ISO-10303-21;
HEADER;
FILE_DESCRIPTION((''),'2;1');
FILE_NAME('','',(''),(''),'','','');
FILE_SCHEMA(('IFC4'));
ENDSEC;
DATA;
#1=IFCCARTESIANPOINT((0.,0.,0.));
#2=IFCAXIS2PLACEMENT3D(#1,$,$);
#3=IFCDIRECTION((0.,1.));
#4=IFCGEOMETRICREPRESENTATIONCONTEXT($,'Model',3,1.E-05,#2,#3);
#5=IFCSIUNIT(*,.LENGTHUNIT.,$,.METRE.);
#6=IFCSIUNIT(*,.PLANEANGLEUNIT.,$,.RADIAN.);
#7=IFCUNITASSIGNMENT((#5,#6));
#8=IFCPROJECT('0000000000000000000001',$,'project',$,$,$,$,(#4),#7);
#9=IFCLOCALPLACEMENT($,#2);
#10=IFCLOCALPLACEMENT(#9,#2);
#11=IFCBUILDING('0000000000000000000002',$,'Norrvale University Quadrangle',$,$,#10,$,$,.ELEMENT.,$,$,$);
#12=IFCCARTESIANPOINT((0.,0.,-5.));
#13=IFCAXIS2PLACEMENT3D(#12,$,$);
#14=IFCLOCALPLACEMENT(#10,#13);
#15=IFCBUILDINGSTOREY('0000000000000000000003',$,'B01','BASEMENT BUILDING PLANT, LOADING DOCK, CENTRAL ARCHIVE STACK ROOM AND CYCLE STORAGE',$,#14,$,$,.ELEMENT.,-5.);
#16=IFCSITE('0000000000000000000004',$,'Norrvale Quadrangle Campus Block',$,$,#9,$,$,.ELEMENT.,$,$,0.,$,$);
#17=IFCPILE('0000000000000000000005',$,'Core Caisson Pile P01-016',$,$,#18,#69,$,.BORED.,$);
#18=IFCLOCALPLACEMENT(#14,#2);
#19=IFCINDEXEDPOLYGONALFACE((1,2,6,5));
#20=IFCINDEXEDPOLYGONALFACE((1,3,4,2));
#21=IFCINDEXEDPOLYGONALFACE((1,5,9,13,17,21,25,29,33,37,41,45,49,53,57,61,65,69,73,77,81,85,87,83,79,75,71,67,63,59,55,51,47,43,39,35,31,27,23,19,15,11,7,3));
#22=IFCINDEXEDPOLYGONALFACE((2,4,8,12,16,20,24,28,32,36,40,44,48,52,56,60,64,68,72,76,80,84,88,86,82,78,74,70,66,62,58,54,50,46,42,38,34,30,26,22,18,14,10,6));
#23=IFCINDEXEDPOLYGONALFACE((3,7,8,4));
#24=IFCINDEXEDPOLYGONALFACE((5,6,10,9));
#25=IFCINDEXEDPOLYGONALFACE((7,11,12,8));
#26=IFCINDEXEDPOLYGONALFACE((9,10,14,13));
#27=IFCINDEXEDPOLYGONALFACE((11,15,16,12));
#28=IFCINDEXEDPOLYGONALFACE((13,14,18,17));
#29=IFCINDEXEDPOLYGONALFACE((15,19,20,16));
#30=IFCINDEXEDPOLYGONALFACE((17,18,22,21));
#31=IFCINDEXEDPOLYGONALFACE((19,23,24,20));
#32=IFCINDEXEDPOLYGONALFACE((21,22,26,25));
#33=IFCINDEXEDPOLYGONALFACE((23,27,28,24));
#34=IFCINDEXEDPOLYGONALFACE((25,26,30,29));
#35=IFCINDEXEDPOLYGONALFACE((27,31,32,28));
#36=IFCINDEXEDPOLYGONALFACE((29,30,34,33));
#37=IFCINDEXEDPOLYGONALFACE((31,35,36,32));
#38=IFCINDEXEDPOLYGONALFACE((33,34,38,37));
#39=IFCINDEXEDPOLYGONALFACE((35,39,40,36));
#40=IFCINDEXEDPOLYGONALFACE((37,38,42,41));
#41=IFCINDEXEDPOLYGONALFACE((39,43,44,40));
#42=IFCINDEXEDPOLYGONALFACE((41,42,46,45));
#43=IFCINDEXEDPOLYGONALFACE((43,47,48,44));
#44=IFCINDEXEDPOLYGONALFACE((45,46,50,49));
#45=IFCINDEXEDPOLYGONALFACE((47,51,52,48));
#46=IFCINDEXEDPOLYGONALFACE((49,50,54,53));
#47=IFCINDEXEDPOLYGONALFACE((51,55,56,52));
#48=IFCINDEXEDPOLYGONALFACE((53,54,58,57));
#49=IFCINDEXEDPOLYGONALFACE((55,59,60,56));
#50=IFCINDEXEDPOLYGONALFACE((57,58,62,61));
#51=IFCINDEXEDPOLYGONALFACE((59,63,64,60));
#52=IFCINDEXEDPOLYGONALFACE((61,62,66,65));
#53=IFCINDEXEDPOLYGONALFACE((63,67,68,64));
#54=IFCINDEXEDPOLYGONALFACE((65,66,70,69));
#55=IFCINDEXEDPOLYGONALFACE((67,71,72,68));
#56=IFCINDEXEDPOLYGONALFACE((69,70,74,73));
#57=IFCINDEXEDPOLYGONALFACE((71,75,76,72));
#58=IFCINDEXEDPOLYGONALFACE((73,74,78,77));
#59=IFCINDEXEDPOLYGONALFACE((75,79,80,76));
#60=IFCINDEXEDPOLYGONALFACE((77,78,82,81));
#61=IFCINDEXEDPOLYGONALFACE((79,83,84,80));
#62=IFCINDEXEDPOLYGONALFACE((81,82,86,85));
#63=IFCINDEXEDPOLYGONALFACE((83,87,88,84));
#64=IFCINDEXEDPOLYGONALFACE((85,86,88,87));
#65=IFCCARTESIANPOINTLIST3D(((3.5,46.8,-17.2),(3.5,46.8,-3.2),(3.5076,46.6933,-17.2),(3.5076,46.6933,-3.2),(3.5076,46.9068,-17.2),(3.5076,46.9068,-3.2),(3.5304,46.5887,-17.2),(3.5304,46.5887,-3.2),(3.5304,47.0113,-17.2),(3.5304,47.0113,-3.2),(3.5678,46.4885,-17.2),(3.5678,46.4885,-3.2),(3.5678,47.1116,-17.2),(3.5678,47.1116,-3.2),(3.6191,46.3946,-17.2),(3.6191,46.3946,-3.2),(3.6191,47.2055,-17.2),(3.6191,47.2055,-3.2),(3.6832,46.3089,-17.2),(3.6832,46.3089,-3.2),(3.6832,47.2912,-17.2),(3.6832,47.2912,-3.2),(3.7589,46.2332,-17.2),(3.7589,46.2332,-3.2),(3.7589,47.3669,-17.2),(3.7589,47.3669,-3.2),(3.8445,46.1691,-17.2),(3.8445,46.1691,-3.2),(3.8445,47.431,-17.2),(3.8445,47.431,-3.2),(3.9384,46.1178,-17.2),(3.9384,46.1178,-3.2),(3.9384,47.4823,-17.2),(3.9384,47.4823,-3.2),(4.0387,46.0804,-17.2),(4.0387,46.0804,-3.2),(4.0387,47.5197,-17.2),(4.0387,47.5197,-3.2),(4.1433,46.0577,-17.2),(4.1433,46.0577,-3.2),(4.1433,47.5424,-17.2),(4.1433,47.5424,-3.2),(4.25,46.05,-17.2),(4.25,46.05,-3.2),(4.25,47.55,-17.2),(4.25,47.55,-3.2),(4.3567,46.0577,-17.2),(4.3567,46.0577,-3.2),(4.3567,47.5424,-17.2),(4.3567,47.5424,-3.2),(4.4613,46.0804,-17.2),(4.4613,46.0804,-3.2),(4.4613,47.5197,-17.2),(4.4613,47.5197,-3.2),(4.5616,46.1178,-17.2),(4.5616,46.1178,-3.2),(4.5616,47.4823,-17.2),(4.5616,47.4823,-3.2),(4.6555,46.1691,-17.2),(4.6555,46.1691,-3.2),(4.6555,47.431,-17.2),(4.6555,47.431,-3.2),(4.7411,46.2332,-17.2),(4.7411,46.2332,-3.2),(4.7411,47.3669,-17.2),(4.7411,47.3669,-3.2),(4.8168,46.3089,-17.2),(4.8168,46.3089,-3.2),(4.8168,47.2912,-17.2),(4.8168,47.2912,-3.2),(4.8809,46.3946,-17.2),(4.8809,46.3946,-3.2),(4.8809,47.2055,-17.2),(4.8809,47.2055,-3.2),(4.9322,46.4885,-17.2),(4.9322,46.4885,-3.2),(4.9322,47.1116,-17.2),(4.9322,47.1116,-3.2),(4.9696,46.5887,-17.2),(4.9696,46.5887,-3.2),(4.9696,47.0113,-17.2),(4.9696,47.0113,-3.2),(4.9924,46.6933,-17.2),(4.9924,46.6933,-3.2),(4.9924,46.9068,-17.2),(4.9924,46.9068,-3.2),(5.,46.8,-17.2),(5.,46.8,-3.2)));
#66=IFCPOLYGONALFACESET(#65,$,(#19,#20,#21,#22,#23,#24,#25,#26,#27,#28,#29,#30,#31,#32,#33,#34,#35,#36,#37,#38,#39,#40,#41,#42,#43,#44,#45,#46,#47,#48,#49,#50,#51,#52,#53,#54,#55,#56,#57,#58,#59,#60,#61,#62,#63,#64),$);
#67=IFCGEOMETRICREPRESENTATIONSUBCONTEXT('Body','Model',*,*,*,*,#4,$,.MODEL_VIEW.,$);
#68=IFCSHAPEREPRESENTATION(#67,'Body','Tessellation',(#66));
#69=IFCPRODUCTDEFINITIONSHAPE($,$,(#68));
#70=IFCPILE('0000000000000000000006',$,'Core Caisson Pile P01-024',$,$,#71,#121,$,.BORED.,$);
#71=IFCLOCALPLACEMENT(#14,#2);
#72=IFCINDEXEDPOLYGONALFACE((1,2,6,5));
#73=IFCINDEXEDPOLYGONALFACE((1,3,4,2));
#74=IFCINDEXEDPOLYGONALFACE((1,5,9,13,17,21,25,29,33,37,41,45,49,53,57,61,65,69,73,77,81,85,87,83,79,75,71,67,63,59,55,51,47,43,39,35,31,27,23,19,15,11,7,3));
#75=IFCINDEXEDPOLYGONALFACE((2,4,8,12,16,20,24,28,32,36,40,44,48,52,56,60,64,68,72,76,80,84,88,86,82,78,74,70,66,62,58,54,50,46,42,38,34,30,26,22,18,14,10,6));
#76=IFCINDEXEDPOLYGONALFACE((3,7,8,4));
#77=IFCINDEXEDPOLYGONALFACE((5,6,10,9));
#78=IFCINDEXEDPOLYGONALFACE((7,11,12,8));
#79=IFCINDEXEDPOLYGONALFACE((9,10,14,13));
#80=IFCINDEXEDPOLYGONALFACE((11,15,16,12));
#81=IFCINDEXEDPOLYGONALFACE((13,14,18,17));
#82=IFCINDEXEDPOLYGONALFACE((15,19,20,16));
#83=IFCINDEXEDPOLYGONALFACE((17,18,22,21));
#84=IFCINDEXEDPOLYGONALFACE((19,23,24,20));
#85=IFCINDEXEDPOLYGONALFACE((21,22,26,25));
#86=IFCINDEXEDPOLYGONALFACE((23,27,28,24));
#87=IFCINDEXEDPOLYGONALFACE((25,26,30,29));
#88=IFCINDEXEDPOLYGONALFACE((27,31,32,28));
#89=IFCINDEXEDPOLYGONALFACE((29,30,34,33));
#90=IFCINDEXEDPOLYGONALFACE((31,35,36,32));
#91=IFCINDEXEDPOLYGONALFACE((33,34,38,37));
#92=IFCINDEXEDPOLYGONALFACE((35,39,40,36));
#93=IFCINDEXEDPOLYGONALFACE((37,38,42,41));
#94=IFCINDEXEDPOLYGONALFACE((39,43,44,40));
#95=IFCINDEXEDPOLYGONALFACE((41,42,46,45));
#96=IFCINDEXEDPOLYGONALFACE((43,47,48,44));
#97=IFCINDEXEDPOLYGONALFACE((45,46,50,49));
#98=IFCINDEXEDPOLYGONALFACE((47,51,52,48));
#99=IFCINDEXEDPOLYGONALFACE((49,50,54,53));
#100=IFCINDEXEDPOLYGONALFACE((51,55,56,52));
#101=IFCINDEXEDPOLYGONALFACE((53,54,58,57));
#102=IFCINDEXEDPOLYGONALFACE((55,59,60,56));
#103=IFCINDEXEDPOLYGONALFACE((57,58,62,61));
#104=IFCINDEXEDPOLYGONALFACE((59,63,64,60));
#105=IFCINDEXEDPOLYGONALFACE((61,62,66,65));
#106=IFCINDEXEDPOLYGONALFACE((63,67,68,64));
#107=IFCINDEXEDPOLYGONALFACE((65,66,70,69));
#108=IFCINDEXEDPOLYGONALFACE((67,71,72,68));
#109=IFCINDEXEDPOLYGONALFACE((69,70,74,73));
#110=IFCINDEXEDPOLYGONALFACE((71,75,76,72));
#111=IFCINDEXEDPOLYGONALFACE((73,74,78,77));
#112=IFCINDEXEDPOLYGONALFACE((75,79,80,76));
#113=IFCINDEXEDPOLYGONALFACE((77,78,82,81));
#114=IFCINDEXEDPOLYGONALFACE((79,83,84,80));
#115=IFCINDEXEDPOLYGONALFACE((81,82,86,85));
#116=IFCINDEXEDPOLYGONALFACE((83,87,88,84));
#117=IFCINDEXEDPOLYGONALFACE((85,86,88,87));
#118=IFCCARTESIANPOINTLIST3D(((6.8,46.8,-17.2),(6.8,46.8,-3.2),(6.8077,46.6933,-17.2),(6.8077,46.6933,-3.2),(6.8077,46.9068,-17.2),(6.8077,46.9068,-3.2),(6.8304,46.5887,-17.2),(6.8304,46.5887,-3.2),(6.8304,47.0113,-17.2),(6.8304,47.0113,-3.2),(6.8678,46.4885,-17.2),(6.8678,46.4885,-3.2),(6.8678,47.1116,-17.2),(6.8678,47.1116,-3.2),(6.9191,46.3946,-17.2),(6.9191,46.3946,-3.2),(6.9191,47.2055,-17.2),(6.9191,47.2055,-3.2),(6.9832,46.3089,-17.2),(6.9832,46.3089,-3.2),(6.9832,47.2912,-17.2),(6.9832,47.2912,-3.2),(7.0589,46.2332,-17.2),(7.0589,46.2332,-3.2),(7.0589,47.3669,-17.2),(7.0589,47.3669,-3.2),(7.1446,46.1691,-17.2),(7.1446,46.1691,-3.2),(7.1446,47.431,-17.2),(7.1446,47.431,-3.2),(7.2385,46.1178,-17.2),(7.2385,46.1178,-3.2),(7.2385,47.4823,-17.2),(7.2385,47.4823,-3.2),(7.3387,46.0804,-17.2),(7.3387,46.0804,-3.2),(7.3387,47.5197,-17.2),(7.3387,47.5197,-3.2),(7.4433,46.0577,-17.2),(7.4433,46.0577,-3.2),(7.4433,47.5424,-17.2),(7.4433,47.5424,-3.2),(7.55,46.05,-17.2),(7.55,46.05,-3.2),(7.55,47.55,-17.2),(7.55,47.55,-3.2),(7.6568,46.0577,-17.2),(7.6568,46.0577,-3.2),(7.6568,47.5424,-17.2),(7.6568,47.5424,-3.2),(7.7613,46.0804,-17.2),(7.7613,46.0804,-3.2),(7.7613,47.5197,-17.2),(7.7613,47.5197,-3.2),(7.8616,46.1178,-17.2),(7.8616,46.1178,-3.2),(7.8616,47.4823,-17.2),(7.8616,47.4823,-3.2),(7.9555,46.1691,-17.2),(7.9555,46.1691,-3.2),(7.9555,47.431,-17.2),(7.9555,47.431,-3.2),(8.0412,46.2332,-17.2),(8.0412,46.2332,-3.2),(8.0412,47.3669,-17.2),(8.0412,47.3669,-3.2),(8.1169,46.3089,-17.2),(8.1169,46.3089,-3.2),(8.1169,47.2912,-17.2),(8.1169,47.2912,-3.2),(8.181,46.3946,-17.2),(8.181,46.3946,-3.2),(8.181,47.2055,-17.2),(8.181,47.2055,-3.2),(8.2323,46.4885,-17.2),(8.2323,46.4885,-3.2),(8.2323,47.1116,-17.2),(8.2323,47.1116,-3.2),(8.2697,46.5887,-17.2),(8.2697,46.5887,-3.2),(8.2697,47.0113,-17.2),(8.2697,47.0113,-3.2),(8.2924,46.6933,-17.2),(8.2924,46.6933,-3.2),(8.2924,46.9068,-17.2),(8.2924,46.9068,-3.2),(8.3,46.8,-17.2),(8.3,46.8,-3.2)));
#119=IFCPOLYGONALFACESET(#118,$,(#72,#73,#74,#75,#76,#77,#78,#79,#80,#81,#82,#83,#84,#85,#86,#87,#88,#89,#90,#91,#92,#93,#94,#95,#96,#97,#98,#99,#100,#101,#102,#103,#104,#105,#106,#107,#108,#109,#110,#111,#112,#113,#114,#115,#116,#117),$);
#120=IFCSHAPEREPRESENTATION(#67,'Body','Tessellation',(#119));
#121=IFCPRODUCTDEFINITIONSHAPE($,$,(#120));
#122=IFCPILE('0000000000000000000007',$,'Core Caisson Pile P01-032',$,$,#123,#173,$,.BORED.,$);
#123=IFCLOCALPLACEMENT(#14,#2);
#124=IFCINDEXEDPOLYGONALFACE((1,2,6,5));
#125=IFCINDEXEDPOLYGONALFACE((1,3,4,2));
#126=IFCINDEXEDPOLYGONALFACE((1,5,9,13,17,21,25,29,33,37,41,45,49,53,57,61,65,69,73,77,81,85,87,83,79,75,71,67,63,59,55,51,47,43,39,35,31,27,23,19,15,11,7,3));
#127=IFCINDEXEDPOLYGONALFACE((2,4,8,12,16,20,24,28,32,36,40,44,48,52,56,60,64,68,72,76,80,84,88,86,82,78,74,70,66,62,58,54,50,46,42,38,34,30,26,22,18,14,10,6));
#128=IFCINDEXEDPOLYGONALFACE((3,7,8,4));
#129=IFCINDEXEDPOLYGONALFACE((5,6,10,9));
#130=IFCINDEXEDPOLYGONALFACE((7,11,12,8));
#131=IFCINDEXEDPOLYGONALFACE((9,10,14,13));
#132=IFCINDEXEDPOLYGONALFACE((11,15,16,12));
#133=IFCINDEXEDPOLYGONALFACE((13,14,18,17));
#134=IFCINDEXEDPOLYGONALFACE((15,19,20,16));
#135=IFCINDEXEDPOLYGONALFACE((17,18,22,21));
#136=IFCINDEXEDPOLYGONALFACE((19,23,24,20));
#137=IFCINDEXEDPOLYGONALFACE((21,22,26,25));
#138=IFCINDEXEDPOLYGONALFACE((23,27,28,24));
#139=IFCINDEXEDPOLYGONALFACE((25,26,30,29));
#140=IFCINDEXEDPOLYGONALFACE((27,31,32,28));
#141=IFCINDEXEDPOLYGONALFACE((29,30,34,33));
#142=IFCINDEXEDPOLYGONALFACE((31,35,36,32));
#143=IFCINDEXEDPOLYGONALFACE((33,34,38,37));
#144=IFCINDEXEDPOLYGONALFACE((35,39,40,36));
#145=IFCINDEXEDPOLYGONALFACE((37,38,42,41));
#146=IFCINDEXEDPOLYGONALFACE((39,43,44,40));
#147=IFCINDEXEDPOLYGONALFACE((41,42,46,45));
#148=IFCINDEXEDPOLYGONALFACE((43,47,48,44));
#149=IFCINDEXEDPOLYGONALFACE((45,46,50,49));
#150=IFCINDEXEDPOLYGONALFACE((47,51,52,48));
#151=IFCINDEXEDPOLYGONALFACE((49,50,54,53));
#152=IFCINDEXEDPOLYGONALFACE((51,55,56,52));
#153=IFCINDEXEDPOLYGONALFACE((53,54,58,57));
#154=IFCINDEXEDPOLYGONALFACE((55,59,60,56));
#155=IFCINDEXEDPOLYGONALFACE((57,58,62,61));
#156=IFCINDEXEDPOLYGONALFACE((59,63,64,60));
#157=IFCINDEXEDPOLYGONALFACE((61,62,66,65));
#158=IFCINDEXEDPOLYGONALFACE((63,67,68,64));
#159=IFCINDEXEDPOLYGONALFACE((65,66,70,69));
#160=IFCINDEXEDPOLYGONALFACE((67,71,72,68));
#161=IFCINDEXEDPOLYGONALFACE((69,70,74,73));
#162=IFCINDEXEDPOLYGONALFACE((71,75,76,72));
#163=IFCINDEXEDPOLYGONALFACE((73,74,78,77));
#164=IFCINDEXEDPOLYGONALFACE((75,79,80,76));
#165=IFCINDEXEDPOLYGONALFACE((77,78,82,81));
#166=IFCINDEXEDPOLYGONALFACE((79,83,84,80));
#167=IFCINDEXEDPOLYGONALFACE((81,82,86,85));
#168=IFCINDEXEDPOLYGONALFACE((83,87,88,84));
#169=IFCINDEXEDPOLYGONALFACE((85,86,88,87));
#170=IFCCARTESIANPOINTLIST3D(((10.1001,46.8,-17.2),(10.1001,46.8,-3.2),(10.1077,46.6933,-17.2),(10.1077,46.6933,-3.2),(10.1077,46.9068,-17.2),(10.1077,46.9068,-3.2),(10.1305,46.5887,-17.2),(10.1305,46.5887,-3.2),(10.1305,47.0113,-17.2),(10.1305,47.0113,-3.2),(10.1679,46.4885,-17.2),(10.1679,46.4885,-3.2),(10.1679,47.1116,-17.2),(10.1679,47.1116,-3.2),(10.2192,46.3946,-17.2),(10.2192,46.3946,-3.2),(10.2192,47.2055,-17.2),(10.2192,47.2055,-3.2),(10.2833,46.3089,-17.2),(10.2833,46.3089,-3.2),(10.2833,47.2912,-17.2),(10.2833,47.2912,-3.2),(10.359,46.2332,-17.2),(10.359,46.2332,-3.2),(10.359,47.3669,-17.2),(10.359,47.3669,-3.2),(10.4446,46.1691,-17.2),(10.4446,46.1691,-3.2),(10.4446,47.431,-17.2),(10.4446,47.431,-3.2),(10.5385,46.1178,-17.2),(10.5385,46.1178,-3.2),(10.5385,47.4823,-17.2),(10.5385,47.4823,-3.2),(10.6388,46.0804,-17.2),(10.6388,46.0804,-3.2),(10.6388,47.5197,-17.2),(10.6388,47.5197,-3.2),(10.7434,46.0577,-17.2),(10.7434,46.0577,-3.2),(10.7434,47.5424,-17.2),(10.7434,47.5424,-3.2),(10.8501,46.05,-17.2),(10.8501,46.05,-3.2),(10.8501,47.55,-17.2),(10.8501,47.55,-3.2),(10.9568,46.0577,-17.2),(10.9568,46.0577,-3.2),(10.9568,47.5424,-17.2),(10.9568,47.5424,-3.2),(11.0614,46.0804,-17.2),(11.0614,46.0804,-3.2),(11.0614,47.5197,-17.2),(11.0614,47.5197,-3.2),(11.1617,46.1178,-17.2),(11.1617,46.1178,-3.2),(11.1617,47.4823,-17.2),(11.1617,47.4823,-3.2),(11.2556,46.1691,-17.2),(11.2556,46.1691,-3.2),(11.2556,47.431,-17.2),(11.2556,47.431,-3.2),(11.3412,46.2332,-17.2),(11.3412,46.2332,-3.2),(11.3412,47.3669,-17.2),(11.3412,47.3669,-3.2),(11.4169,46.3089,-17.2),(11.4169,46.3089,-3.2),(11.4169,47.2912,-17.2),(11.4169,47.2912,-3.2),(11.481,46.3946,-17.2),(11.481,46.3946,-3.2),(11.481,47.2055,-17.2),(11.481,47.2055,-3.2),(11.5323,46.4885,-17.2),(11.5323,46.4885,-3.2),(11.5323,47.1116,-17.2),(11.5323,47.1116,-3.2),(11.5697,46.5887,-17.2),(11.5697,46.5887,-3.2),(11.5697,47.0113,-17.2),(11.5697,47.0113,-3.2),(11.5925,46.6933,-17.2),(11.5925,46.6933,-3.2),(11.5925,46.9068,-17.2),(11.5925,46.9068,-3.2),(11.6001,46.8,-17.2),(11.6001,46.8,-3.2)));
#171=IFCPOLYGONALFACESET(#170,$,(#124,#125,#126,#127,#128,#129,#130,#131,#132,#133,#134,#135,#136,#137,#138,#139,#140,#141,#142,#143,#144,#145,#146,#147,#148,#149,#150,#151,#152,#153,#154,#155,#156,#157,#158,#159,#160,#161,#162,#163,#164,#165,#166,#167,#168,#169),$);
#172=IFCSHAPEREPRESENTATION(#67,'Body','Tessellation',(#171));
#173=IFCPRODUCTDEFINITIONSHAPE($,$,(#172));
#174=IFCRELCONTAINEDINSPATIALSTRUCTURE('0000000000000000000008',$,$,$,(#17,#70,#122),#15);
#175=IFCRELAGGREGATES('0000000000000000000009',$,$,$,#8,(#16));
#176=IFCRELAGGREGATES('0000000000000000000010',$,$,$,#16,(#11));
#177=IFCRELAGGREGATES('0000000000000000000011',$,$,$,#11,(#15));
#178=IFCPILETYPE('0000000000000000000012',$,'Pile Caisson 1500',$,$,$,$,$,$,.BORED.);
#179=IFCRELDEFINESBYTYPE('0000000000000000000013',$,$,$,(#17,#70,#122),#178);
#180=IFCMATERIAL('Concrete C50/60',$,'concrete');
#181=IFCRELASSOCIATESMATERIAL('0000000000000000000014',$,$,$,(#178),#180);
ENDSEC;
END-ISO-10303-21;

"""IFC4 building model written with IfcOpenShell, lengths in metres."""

from ifc_helpers import new_model, si_unit, direction, frame, origin, origin_2d, place, context, subcontext, project, spatial, circle, extrude, material, material_profile, profile_set, type_object, element, save


model = new_model("IFC4")

# Units and contexts
model_context = context("Model", 3, precision=1e-05, world=origin(), true_north=direction((0.0, 1.0)))
body_context = subcontext(model_context, "Body", "Model", "MODEL_VIEW")
ifc_project = project(units=[si_unit("LENGTHUNIT", "METRE"), si_unit("PLANEANGLEUNIT", "RADIAN")], contexts=[model_context])

# Site, building, storey
site_placement = place(None, origin())
site = spatial("IfcSite", under=ifc_project, at=site_placement, Name="Norrvale Quadrangle Campus Block", CompositionType="ELEMENT", RefElevation=0.0)
building_placement = place(site_placement, origin())
building = spatial("IfcBuilding", under=site, at=building_placement, Name="Norrvale University Quadrangle", CompositionType="ELEMENT")
storey_placement = place(building_placement, frame((0.0, 0.0, -5.0)))
storey = spatial("IfcBuildingStorey", under=building, at=storey_placement, Name="B01", Description="BASEMENT BUILDING PLANT, LOADING DOCK, CENTRAL ARCHIVE STACK ROOM AND CYCLE STORAGE", CompositionType="ELEMENT", Elevation=-5.0)

# Shared definitions
ifc_material_1 = material(Name="Concrete C50/60", Category="concrete")

# Piles
ifc_material_profile_1 = material_profile(ifc_material_1, circle(Radius=0.75, at=origin_2d()), Name="Concrete C50/60")
ifc_profile_set_1 = profile_set([ifc_material_profile_1], Name="Concrete C50/60")
pile_type_1 = type_object("IfcPileType", Name="Pile Caisson 1500", PredefinedType="BORED", material=ifc_profile_set_1)
for number, where, z_axis, x_axis, name in (
    (1, (4.25, 46.8, -3.2), (0.0, 0.0, -1.0), (1.0, 0.0, 0.0), "Core Caisson Pile P01-016"),
    (2, (7.55, 46.8, -3.2), (0.0, 0.0, -1.0), (1.0, 0.0, 0.0), "Core Caisson Pile P01-024"),
    (3, (10.8501, 46.8, -3.2), (0.0, 0.0, -1.0), (1.0, 0.0, 0.0), "Core Caisson Pile P01-032"),
):
    element("IfcPile", number, at=place(storey_placement, frame(where, z_axis=z_axis, x_axis=x_axis)), inside=storey, type_object=pile_type_1, Name=name, PredefinedType="BORED", context=body_context, shape_type="SweptSolid", body=[
        extrude(circle(Radius=0.75, at=origin_2d()), origin(), (0.0, 0.0, 1.0), 14.0),
    ])

save(model, "model.ifc")
